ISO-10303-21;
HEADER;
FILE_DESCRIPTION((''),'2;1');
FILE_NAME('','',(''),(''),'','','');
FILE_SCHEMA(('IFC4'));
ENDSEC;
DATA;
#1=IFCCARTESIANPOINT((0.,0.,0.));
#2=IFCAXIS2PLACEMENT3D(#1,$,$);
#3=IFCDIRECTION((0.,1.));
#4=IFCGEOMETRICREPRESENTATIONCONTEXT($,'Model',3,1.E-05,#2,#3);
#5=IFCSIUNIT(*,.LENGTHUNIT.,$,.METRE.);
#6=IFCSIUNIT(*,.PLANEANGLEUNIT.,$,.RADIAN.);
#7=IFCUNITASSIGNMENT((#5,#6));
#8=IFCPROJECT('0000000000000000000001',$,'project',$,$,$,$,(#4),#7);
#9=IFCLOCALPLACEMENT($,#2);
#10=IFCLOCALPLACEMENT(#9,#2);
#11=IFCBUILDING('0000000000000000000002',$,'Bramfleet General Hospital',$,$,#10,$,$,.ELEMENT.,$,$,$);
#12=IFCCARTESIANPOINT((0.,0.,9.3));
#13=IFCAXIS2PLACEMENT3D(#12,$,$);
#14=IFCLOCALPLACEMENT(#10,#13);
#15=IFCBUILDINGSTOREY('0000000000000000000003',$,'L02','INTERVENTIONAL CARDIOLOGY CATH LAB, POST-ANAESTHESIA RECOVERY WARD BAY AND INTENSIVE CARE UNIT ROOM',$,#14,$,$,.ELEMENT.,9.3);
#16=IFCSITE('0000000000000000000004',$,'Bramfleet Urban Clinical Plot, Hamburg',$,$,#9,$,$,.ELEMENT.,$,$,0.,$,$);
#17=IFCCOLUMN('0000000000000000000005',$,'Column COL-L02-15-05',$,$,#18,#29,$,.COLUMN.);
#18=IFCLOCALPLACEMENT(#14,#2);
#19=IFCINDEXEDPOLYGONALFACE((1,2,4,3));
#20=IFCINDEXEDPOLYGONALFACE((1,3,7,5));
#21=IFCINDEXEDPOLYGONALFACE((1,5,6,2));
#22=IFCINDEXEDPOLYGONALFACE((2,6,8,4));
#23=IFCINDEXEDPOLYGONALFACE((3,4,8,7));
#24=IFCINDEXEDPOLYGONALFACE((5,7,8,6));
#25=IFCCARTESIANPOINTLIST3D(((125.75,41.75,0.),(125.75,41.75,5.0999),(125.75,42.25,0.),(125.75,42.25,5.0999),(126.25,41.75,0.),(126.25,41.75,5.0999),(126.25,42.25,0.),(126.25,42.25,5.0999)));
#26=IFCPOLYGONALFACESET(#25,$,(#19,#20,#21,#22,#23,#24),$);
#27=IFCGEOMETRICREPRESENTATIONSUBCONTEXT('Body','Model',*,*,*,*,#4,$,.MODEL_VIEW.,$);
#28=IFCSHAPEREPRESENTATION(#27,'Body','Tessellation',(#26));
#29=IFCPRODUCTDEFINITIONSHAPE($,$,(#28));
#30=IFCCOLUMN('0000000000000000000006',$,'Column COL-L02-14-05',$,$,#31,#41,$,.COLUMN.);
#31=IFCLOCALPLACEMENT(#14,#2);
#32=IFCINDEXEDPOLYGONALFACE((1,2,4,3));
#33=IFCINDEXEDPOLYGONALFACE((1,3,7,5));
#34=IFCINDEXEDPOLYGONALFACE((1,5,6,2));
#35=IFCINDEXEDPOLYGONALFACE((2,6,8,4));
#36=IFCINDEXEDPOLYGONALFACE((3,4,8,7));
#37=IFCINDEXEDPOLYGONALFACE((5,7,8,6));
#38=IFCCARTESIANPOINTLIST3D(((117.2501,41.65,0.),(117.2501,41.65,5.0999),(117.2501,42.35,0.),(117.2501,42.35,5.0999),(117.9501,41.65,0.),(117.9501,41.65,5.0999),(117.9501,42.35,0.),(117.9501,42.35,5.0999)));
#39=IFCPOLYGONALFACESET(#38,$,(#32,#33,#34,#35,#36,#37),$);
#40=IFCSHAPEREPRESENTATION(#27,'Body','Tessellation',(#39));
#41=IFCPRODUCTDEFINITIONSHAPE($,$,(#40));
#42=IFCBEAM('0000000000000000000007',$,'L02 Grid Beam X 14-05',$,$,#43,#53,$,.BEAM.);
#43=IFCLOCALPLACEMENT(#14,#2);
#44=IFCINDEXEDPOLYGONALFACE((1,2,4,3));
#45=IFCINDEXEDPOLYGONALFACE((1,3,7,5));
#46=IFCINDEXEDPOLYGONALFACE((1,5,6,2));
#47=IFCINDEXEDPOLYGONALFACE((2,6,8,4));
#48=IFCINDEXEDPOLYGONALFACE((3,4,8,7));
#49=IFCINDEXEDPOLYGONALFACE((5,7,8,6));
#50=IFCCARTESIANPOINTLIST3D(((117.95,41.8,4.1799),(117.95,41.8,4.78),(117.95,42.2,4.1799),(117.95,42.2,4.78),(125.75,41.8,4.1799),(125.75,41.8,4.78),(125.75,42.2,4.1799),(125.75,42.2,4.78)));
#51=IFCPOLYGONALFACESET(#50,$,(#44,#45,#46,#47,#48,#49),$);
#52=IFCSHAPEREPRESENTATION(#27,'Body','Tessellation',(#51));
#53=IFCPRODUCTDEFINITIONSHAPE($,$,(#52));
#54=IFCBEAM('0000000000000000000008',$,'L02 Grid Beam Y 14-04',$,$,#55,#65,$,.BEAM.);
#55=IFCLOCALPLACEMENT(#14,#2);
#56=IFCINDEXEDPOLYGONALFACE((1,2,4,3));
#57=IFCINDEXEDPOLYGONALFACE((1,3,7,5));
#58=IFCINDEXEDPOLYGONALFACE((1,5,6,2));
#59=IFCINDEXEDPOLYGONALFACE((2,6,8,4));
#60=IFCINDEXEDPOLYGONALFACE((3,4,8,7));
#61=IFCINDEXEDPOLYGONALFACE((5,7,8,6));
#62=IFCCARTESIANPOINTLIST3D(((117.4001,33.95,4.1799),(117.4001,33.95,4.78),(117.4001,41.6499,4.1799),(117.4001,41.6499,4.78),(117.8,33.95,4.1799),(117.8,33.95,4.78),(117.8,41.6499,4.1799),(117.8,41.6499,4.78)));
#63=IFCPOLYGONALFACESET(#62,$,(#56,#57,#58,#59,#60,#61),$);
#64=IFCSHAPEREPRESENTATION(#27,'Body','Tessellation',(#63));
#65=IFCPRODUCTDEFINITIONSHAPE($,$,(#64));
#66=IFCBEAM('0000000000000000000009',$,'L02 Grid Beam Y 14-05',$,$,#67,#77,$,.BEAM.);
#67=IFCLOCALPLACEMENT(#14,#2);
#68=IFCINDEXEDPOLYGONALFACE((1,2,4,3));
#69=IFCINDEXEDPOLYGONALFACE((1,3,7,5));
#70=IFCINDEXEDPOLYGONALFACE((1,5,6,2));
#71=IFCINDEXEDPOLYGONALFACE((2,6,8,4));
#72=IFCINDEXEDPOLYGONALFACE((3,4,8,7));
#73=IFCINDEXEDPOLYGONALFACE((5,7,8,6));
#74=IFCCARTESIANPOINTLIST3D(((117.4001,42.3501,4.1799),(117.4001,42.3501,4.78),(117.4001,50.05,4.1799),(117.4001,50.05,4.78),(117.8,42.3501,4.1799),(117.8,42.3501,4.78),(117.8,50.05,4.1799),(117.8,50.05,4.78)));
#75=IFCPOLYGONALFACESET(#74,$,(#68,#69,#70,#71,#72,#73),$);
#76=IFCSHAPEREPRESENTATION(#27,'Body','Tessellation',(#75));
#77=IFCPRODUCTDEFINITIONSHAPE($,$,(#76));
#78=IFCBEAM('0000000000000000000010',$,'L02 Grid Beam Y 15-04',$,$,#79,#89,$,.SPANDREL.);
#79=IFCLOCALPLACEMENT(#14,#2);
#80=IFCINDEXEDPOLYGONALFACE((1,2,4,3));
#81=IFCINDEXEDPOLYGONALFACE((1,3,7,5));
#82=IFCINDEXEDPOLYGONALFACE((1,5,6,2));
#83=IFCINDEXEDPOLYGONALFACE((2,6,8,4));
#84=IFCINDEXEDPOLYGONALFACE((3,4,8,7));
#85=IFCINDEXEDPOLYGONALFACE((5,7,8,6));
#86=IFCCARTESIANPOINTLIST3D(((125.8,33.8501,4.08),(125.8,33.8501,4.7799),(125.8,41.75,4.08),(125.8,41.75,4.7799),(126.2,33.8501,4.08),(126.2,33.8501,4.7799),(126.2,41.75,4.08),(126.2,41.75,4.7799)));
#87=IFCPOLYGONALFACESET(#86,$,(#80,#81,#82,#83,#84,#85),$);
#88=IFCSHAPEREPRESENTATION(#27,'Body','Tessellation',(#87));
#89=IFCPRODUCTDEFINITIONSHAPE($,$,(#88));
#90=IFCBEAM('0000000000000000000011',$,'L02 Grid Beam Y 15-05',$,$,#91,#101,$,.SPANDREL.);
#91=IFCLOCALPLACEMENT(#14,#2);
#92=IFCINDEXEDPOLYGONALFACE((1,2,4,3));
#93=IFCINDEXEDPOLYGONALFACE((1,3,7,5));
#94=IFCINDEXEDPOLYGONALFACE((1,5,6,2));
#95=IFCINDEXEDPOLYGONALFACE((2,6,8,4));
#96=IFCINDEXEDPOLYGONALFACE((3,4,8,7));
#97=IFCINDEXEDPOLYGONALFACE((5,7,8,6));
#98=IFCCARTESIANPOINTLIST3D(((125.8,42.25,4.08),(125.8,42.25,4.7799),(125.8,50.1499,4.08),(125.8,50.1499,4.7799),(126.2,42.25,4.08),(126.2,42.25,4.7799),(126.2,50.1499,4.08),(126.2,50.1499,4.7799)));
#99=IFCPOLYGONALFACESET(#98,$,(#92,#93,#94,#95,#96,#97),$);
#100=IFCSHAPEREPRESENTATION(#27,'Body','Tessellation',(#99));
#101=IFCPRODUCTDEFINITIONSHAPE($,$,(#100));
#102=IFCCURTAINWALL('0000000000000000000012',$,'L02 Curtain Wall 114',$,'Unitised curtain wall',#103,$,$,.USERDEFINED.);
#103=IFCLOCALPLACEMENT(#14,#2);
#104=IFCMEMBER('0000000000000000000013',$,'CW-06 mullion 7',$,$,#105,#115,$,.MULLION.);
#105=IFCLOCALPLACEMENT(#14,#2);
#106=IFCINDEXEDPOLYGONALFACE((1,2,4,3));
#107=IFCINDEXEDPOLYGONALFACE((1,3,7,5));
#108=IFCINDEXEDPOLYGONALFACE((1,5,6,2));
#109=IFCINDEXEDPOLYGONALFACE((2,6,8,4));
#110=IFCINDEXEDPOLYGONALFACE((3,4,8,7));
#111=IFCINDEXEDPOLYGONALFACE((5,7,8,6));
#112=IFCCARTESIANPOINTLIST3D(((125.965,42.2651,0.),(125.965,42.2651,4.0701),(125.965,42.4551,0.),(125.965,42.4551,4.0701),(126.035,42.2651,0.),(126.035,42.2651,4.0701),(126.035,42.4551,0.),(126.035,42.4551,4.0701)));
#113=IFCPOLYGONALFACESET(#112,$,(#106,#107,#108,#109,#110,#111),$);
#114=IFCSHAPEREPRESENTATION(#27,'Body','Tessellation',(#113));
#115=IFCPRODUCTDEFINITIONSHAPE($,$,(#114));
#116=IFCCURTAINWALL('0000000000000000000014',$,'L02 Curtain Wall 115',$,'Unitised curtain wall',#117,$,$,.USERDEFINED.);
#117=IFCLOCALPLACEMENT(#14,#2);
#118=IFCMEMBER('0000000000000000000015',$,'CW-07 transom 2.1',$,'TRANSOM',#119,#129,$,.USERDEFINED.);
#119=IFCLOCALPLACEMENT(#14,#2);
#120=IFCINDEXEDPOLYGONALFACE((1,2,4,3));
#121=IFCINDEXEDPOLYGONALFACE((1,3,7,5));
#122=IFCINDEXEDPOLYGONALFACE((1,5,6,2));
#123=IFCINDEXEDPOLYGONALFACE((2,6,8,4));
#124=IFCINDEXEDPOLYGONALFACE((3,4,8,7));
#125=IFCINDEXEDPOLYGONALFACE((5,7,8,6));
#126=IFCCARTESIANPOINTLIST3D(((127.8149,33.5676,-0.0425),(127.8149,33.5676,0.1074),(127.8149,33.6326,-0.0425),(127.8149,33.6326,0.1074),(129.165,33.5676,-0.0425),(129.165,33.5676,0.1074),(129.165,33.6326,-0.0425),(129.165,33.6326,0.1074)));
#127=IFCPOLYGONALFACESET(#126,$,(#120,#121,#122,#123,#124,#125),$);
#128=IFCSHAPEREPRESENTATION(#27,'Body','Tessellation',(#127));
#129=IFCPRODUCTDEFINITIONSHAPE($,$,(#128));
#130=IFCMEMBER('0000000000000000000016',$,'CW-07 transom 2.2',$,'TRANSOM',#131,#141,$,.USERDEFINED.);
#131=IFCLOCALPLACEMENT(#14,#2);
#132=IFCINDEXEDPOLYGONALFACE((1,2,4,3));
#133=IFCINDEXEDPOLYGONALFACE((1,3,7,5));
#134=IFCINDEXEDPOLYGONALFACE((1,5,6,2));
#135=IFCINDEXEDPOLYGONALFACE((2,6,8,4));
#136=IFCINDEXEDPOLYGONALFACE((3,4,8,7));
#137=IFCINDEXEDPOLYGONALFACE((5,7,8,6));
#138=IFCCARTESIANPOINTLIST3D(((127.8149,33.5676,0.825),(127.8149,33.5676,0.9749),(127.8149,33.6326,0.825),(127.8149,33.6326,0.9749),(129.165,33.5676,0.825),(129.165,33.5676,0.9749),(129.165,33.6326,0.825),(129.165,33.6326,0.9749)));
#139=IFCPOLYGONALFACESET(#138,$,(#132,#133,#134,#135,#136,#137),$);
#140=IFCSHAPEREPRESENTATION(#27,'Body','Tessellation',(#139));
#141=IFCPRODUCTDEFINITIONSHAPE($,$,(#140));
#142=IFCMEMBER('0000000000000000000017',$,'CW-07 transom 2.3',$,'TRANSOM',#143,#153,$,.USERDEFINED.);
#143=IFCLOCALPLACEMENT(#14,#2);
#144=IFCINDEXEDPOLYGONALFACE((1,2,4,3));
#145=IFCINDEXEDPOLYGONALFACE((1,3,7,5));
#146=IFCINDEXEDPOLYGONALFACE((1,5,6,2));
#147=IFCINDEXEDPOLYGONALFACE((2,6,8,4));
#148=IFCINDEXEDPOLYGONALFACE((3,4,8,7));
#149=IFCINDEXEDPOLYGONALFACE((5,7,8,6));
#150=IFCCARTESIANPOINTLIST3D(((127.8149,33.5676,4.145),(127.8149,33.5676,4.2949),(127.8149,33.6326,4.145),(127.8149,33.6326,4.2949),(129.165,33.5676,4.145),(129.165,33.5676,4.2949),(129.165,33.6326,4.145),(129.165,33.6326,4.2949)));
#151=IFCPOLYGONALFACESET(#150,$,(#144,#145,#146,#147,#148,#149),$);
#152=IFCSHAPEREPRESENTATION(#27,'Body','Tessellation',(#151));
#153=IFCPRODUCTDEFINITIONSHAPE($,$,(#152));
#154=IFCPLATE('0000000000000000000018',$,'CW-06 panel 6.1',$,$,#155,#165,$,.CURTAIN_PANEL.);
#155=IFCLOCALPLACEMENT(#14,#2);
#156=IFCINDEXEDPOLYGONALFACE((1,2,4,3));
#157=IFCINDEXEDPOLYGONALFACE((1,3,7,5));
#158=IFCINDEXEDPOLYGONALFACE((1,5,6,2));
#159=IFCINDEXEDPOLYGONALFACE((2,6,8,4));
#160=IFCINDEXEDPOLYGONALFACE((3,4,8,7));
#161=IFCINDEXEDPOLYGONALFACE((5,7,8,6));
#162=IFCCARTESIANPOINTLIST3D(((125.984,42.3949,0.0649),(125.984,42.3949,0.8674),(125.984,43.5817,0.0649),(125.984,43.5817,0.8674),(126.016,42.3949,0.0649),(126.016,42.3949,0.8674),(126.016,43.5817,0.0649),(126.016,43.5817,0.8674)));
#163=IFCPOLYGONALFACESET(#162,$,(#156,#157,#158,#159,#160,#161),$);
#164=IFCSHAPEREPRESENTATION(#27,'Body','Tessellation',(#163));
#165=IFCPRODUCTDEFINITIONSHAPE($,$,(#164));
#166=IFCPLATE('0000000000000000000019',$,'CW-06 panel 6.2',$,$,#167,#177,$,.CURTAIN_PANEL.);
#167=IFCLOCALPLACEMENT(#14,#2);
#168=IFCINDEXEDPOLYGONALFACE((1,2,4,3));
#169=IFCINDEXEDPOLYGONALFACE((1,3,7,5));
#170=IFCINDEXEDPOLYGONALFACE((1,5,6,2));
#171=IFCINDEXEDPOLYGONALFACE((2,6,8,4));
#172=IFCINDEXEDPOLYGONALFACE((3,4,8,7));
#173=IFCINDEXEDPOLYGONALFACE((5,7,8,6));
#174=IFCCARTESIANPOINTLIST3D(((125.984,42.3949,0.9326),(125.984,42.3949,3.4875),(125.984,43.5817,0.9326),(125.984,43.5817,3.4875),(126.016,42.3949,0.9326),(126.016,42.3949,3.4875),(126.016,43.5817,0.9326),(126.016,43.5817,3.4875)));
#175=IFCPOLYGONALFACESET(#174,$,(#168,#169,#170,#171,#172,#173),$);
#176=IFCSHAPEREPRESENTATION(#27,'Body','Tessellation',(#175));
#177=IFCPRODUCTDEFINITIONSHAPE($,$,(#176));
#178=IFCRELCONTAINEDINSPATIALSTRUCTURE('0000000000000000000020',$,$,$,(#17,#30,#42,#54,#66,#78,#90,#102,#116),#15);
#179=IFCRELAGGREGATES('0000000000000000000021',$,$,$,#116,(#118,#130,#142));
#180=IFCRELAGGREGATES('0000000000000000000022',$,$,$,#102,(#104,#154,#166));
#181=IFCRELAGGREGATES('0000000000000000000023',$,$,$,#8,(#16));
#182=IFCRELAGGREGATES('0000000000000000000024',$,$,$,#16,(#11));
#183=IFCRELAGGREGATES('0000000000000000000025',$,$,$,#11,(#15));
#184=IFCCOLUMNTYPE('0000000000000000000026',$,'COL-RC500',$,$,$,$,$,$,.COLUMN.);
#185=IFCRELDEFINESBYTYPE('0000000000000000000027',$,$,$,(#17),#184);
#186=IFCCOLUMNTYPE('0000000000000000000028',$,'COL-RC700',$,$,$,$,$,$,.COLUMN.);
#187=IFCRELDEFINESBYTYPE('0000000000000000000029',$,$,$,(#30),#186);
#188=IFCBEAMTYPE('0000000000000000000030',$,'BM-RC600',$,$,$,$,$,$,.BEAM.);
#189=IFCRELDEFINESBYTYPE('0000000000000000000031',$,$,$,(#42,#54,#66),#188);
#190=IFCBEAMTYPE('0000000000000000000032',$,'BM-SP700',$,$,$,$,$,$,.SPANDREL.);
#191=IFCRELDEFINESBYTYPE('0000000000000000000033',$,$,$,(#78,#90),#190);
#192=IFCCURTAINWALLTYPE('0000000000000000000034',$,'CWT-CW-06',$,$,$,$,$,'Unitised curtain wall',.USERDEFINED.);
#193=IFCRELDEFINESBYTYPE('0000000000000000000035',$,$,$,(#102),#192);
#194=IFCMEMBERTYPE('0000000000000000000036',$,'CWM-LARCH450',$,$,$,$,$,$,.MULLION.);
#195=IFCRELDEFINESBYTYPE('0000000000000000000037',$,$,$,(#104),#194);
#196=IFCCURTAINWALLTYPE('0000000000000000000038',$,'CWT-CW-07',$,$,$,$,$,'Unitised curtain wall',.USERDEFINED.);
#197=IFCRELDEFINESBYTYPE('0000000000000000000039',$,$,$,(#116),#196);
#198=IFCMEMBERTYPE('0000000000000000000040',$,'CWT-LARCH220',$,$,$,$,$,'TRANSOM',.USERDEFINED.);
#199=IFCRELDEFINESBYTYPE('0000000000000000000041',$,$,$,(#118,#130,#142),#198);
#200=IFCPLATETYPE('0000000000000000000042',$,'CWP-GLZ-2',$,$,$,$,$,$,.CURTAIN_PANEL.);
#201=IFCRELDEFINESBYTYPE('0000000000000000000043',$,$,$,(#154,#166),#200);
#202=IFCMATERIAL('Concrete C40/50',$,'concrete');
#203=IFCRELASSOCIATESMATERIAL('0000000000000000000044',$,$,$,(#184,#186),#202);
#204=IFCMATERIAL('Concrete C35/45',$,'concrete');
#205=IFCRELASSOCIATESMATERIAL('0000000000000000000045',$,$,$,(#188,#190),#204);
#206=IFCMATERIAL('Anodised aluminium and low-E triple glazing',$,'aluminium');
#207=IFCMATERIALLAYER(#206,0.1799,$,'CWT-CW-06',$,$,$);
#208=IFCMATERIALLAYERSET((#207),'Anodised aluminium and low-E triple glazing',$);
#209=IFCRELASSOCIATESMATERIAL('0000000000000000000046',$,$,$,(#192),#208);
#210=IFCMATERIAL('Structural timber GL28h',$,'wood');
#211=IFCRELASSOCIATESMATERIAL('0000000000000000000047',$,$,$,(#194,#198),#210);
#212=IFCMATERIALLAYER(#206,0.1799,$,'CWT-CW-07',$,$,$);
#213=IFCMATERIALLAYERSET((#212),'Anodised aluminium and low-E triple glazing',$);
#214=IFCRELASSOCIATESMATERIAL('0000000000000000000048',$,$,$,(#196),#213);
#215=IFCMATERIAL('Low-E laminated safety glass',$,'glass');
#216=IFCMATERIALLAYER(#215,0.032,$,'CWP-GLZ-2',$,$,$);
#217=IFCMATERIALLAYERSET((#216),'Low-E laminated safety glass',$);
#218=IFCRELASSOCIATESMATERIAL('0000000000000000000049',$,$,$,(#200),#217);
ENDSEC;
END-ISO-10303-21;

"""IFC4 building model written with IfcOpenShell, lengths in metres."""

from ifc_helpers import new_model, si_unit, direction, frame, origin, origin_2d, place, context, subcontext, project, spatial, rectangle, extrude, material, layer, layer_set, material_profile, profile_set, type_object, element, aggregate, save


model = new_model("IFC4")

# Units and contexts
model_context = context("Model", 3, precision=1e-05, world=origin(), true_north=direction((0.0, 1.0)))
body_context = subcontext(model_context, "Body", "Model", "MODEL_VIEW")
ifc_project = project(units=[si_unit("LENGTHUNIT", "METRE"), si_unit("PLANEANGLEUNIT", "RADIAN")], contexts=[model_context])

# Site, building, storey
site_placement = place(None, origin())
site = spatial("IfcSite", under=ifc_project, at=site_placement, Name="Bramfleet Urban Clinical Plot, Hamburg", CompositionType="ELEMENT", RefElevation=0.0)
building_placement = place(site_placement, origin())
building = spatial("IfcBuilding", under=site, at=building_placement, Name="Bramfleet General Hospital", CompositionType="ELEMENT")
storey_placement = place(building_placement, frame((0.0, 0.0, 9.3)))
storey = spatial("IfcBuildingStorey", under=building, at=storey_placement, Name="L02", Description="INTERVENTIONAL CARDIOLOGY CATH LAB, POST-ANAESTHESIA RECOVERY WARD BAY AND INTENSIVE CARE UNIT ROOM", CompositionType="ELEMENT", Elevation=9.3)

# Columns
ifc_material_1 = material(Name="Concrete C40/50", Category="concrete")
ifc_material_profile_1 = material_profile(ifc_material_1, rectangle(XDim=0.5, YDim=0.5, at=origin_2d()), Name="RC COL 500x500")
ifc_profile_set_1 = profile_set([ifc_material_profile_1], Name="Concrete C40/50")
column_type_1 = type_object("IfcColumnType", Name="COL-RC500", PredefinedType="COLUMN", material=ifc_profile_set_1)
column_1_placement = place(storey_placement, frame((126.0, 42.0, 0.0), z_axis=(0.0, 0.0, 1.0), x_axis=(1.0, 0.0, 0.0)))
element("IfcColumn", 1, at=column_1_placement, inside=storey, type_object=column_type_1, Name="Column COL-L02-15-05", PredefinedType="COLUMN", context=body_context, shape_type="SweptSolid", body=[
    extrude(rectangle(XDim=0.5, YDim=0.5, at=origin_2d()), origin(), (0.0, 0.0, 1.0), 5.0999),
])
ifc_material_profile_2 = material_profile(ifc_material_1, rectangle(XDim=0.7, YDim=0.7, at=origin_2d()), Name="RC COL 700x700")
ifc_profile_set_2 = profile_set([ifc_material_profile_2], Name="Concrete C40/50")
column_type_2 = type_object("IfcColumnType", Name="COL-RC700", PredefinedType="COLUMN", material=ifc_profile_set_2)
column_2_placement = place(storey_placement, frame((117.6001, 42.0, 0.0), z_axis=(0.0, 0.0, 1.0), x_axis=(1.0, 0.0, 0.0)))
element("IfcColumn", 2, at=column_2_placement, inside=storey, type_object=column_type_2, Name="Column COL-L02-14-05", PredefinedType="COLUMN", context=body_context, shape_type="SweptSolid", body=[
    extrude(rectangle(XDim=0.7, YDim=0.7, at=origin_2d()), origin(), (0.0, 0.0, 1.0), 5.0999),
])

# Beams
ifc_material_2 = material(Name="Concrete C35/45", Category="concrete")
ifc_material_profile_3 = material_profile(ifc_material_2, rectangle(XDim=0.3999, YDim=0.6001, at=origin_2d()), Name="RC BM 600x400")
ifc_profile_set_3 = profile_set([ifc_material_profile_3], Name="Concrete C35/45")
beam_type_1 = type_object("IfcBeamType", Name="BM-RC600", PredefinedType="BEAM", material=ifc_profile_set_3)
beam_placement = place(storey_placement, frame((117.95, 42.0, 4.48), z_axis=(1.0, 0.0, 0.0), x_axis=(0.0, 1.0, 0.0)))
element("IfcBeam", 3, at=beam_placement, inside=storey, type_object=beam_type_1, Name="L02 Grid Beam X 14-05", PredefinedType="BEAM", context=body_context, shape_type="SweptSolid", body=[
    extrude(rectangle(XDim=0.3999, YDim=0.6001, at=origin_2d()), origin(), (0.0, 0.0, 1.0), 7.8),
])
for number, where, z_axis, x_axis, name in (
    (4, (117.6001, 33.95, 4.48), (0.0, 1.0, 0.0), (-1.0, 0.0, 0.0), "L02 Grid Beam Y 14-04"),
    (5, (117.6001, 42.3501, 4.48), (0.0, 1.0, 0.0), (-1.0, 0.0, 0.0), "L02 Grid Beam Y 14-05"),
):
    element("IfcBeam", number, at=place(storey_placement, frame(where, z_axis=z_axis, x_axis=x_axis)), inside=storey, type_object=beam_type_1, Name=name, PredefinedType="BEAM", context=body_context, shape_type="SweptSolid", body=[
        extrude(rectangle(XDim=0.3999, YDim=0.6001, at=origin_2d()), origin(), (0.0, 0.0, 1.0), 7.7),
    ])
ifc_material_profile_4 = material_profile(ifc_material_2, rectangle(XDim=0.3999, YDim=0.7, at=origin_2d()), Name="RC SP 700x400")
ifc_profile_set_4 = profile_set([ifc_material_profile_4], Name="Concrete C35/45")
beam_type_2 = type_object("IfcBeamType", Name="BM-SP700", PredefinedType="SPANDREL", material=ifc_profile_set_4)
for number, where, z_axis, x_axis, name in (
    (6, (126.0, 33.8501, 4.4299), (0.0, 1.0, 0.0), (-1.0, 0.0, 0.0), "L02 Grid Beam Y 15-04"),
    (7, (126.0, 42.25, 4.4299), (0.0, 1.0, 0.0), (-1.0, 0.0, 0.0), "L02 Grid Beam Y 15-05"),
):
    element("IfcBeam", number, at=place(storey_placement, frame(where, z_axis=z_axis, x_axis=x_axis)), inside=storey, type_object=beam_type_2, Name=name, PredefinedType="SPANDREL", context=body_context, shape_type="SweptSolid", body=[
        extrude(rectangle(XDim=0.3999, YDim=0.7, at=origin_2d()), origin(), (0.0, 0.0, 1.0), 7.8999),
    ])

# Curtain wall, member
ifc_material_3 = material(Name="Anodised aluminium and low-E triple glazing", Category="aluminium")
ifc_layer_1 = layer(ifc_material_3, 0.1799, Name="CWT-CW-06")
ifc_layer_set_1 = layer_set([ifc_layer_1], Name="Anodised aluminium and low-E triple glazing")
curtain_wall_type_1 = type_object("IfcCurtainWallType", Name="CWT-CW-06", ElementType="Unitised curtain wall", PredefinedType="USERDEFINED", material=ifc_layer_set_1)
curtain_wall_1_placement = place(storey_placement, origin())
curtain_wall_1 = element("IfcCurtainWall", 8, at=curtain_wall_1_placement, inside=storey, type_object=curtain_wall_type_1, Name="L02 Curtain Wall 114", ObjectType="Unitised curtain wall", PredefinedType="USERDEFINED")
ifc_material_4 = material(Name="Structural timber GL28h", Category="wood")
ifc_material_profile_5 = material_profile(ifc_material_4, rectangle(XDim=0.0701, YDim=0.1899, at=origin_2d()), Name="LARCH 190x70")
ifc_profile_set_5 = profile_set([ifc_material_profile_5], Name="Structural timber GL28h")
member_type_1 = type_object("IfcMemberType", Name="CWM-LARCH450", PredefinedType="MULLION", material=ifc_profile_set_5)
member_1_placement = place(storey_placement, frame((126.0, 42.3601, 0.0), z_axis=(0.0, 0.0, 1.0), x_axis=(1.0, 0.0, 0.0)))
member_1 = element("IfcMember", 9, at=member_1_placement, type_object=member_type_1, Name="CW-06 mullion 7", PredefinedType="MULLION", context=body_context, shape_type="SweptSolid", body=[
    extrude(rectangle(XDim=0.0701, YDim=0.1899, at=origin_2d()), origin(), (0.0, 0.0, 1.0), 4.0701),
])

# Curtain wall, members
ifc_layer_2 = layer(ifc_material_3, 0.1799, Name="CWT-CW-07")
ifc_layer_set_2 = layer_set([ifc_layer_2], Name="Anodised aluminium and low-E triple glazing")
curtain_wall_type_2 = type_object("IfcCurtainWallType", Name="CWT-CW-07", ElementType="Unitised curtain wall", PredefinedType="USERDEFINED", material=ifc_layer_set_2)
curtain_wall_2_placement = place(storey_placement, origin())
curtain_wall_2 = element("IfcCurtainWall", 10, at=curtain_wall_2_placement, inside=storey, type_object=curtain_wall_type_2, Name="L02 Curtain Wall 115", ObjectType="Unitised curtain wall", PredefinedType="USERDEFINED")
ifc_material_profile_6 = material_profile(ifc_material_4, rectangle(XDim=0.0649, YDim=0.1499, at=origin_2d()), Name="LARCH 150x65")
ifc_profile_set_6 = profile_set([ifc_material_profile_6], Name="Structural timber GL28h")
member_type_2 = type_object("IfcMemberType", Name="CWT-LARCH220", ElementType="TRANSOM", PredefinedType="USERDEFINED", material=ifc_profile_set_6)
member_2_placement = place(storey_placement, frame((127.8149, 33.6001, 0.0325), z_axis=(1.0, 0.0, 0.0), x_axis=(0.0, 1.0, 0.0)))
member_2 = element("IfcMember", 11, at=member_2_placement, type_object=member_type_2, Name="CW-07 transom 2.1", ObjectType="TRANSOM", PredefinedType="USERDEFINED", context=body_context, shape_type="SweptSolid", body=[
    extrude(rectangle(XDim=0.0649, YDim=0.1499, at=origin_2d()), origin(), (0.0, 0.0, 1.0), 1.3501),
])
member_3_placement = place(storey_placement, frame((127.8149, 33.6001, 0.8999), z_axis=(1.0, 0.0, 0.0), x_axis=(0.0, 1.0, 0.0)))
member_3 = element("IfcMember", 12, at=member_3_placement, type_object=member_type_2, Name="CW-07 transom 2.2", ObjectType="TRANSOM", PredefinedType="USERDEFINED", context=body_context, shape_type="SweptSolid", body=[
    extrude(rectangle(XDim=0.0649, YDim=0.1499, at=origin_2d()), origin(), (0.0, 0.0, 1.0), 1.3501),
])
member_4_placement = place(storey_placement, frame((127.8149, 33.6001, 4.22), z_axis=(1.0, 0.0, 0.0), x_axis=(0.0, 1.0, 0.0)))
member_4 = element("IfcMember", 13, at=member_4_placement, type_object=member_type_2, Name="CW-07 transom 2.3", ObjectType="TRANSOM", PredefinedType="USERDEFINED", context=body_context, shape_type="SweptSolid", body=[
    extrude(rectangle(XDim=0.0649, YDim=0.1499, at=origin_2d()), origin(), (0.0, 0.0, 1.0), 1.3501),
])
aggregate(curtain_wall_2, [member_2, member_3, member_4])

# Plates
ifc_material_5 = material(Name="Low-E laminated safety glass", Category="glass")
ifc_layer_3 = layer(ifc_material_5, 0.032, Name="CWP-GLZ-2")
ifc_layer_set_3 = layer_set([ifc_layer_3], Name="Low-E laminated safety glass")
plate_type = type_object("IfcPlateType", Name="CWP-GLZ-2", PredefinedType="CURTAIN_PANEL", material=ifc_layer_set_3)
plate_1_placement = place(storey_placement, frame((126.0, 42.9883, 0.0649), z_axis=(0.0, 0.0, 1.0), x_axis=(0.0, -1.0, 0.0)))
plate_1 = element("IfcPlate", 14, at=plate_1_placement, type_object=plate_type, Name="CW-06 panel 6.1", PredefinedType="CURTAIN_PANEL", context=body_context, shape_type="SweptSolid", body=[
    extrude(rectangle(XDim=1.1868, YDim=0.032, at=origin_2d()), origin(), (0.0, 0.0, 1.0), 0.8025),
])
plate_2_placement = place(storey_placement, frame((126.0, 42.9883, 0.9326), z_axis=(0.0, 0.0, 1.0), x_axis=(0.0, -1.0, 0.0)))
plate_2 = element("IfcPlate", 15, at=plate_2_placement, type_object=plate_type, Name="CW-06 panel 6.2", PredefinedType="CURTAIN_PANEL", context=body_context, shape_type="SweptSolid", body=[
    extrude(rectangle(XDim=1.1868, YDim=0.032, at=origin_2d()), origin(), (0.0, 0.0, 1.0), 2.5549),
])
aggregate(curtain_wall_1, [member_1, plate_1, plate_2])

save(model, "model.ifc")
